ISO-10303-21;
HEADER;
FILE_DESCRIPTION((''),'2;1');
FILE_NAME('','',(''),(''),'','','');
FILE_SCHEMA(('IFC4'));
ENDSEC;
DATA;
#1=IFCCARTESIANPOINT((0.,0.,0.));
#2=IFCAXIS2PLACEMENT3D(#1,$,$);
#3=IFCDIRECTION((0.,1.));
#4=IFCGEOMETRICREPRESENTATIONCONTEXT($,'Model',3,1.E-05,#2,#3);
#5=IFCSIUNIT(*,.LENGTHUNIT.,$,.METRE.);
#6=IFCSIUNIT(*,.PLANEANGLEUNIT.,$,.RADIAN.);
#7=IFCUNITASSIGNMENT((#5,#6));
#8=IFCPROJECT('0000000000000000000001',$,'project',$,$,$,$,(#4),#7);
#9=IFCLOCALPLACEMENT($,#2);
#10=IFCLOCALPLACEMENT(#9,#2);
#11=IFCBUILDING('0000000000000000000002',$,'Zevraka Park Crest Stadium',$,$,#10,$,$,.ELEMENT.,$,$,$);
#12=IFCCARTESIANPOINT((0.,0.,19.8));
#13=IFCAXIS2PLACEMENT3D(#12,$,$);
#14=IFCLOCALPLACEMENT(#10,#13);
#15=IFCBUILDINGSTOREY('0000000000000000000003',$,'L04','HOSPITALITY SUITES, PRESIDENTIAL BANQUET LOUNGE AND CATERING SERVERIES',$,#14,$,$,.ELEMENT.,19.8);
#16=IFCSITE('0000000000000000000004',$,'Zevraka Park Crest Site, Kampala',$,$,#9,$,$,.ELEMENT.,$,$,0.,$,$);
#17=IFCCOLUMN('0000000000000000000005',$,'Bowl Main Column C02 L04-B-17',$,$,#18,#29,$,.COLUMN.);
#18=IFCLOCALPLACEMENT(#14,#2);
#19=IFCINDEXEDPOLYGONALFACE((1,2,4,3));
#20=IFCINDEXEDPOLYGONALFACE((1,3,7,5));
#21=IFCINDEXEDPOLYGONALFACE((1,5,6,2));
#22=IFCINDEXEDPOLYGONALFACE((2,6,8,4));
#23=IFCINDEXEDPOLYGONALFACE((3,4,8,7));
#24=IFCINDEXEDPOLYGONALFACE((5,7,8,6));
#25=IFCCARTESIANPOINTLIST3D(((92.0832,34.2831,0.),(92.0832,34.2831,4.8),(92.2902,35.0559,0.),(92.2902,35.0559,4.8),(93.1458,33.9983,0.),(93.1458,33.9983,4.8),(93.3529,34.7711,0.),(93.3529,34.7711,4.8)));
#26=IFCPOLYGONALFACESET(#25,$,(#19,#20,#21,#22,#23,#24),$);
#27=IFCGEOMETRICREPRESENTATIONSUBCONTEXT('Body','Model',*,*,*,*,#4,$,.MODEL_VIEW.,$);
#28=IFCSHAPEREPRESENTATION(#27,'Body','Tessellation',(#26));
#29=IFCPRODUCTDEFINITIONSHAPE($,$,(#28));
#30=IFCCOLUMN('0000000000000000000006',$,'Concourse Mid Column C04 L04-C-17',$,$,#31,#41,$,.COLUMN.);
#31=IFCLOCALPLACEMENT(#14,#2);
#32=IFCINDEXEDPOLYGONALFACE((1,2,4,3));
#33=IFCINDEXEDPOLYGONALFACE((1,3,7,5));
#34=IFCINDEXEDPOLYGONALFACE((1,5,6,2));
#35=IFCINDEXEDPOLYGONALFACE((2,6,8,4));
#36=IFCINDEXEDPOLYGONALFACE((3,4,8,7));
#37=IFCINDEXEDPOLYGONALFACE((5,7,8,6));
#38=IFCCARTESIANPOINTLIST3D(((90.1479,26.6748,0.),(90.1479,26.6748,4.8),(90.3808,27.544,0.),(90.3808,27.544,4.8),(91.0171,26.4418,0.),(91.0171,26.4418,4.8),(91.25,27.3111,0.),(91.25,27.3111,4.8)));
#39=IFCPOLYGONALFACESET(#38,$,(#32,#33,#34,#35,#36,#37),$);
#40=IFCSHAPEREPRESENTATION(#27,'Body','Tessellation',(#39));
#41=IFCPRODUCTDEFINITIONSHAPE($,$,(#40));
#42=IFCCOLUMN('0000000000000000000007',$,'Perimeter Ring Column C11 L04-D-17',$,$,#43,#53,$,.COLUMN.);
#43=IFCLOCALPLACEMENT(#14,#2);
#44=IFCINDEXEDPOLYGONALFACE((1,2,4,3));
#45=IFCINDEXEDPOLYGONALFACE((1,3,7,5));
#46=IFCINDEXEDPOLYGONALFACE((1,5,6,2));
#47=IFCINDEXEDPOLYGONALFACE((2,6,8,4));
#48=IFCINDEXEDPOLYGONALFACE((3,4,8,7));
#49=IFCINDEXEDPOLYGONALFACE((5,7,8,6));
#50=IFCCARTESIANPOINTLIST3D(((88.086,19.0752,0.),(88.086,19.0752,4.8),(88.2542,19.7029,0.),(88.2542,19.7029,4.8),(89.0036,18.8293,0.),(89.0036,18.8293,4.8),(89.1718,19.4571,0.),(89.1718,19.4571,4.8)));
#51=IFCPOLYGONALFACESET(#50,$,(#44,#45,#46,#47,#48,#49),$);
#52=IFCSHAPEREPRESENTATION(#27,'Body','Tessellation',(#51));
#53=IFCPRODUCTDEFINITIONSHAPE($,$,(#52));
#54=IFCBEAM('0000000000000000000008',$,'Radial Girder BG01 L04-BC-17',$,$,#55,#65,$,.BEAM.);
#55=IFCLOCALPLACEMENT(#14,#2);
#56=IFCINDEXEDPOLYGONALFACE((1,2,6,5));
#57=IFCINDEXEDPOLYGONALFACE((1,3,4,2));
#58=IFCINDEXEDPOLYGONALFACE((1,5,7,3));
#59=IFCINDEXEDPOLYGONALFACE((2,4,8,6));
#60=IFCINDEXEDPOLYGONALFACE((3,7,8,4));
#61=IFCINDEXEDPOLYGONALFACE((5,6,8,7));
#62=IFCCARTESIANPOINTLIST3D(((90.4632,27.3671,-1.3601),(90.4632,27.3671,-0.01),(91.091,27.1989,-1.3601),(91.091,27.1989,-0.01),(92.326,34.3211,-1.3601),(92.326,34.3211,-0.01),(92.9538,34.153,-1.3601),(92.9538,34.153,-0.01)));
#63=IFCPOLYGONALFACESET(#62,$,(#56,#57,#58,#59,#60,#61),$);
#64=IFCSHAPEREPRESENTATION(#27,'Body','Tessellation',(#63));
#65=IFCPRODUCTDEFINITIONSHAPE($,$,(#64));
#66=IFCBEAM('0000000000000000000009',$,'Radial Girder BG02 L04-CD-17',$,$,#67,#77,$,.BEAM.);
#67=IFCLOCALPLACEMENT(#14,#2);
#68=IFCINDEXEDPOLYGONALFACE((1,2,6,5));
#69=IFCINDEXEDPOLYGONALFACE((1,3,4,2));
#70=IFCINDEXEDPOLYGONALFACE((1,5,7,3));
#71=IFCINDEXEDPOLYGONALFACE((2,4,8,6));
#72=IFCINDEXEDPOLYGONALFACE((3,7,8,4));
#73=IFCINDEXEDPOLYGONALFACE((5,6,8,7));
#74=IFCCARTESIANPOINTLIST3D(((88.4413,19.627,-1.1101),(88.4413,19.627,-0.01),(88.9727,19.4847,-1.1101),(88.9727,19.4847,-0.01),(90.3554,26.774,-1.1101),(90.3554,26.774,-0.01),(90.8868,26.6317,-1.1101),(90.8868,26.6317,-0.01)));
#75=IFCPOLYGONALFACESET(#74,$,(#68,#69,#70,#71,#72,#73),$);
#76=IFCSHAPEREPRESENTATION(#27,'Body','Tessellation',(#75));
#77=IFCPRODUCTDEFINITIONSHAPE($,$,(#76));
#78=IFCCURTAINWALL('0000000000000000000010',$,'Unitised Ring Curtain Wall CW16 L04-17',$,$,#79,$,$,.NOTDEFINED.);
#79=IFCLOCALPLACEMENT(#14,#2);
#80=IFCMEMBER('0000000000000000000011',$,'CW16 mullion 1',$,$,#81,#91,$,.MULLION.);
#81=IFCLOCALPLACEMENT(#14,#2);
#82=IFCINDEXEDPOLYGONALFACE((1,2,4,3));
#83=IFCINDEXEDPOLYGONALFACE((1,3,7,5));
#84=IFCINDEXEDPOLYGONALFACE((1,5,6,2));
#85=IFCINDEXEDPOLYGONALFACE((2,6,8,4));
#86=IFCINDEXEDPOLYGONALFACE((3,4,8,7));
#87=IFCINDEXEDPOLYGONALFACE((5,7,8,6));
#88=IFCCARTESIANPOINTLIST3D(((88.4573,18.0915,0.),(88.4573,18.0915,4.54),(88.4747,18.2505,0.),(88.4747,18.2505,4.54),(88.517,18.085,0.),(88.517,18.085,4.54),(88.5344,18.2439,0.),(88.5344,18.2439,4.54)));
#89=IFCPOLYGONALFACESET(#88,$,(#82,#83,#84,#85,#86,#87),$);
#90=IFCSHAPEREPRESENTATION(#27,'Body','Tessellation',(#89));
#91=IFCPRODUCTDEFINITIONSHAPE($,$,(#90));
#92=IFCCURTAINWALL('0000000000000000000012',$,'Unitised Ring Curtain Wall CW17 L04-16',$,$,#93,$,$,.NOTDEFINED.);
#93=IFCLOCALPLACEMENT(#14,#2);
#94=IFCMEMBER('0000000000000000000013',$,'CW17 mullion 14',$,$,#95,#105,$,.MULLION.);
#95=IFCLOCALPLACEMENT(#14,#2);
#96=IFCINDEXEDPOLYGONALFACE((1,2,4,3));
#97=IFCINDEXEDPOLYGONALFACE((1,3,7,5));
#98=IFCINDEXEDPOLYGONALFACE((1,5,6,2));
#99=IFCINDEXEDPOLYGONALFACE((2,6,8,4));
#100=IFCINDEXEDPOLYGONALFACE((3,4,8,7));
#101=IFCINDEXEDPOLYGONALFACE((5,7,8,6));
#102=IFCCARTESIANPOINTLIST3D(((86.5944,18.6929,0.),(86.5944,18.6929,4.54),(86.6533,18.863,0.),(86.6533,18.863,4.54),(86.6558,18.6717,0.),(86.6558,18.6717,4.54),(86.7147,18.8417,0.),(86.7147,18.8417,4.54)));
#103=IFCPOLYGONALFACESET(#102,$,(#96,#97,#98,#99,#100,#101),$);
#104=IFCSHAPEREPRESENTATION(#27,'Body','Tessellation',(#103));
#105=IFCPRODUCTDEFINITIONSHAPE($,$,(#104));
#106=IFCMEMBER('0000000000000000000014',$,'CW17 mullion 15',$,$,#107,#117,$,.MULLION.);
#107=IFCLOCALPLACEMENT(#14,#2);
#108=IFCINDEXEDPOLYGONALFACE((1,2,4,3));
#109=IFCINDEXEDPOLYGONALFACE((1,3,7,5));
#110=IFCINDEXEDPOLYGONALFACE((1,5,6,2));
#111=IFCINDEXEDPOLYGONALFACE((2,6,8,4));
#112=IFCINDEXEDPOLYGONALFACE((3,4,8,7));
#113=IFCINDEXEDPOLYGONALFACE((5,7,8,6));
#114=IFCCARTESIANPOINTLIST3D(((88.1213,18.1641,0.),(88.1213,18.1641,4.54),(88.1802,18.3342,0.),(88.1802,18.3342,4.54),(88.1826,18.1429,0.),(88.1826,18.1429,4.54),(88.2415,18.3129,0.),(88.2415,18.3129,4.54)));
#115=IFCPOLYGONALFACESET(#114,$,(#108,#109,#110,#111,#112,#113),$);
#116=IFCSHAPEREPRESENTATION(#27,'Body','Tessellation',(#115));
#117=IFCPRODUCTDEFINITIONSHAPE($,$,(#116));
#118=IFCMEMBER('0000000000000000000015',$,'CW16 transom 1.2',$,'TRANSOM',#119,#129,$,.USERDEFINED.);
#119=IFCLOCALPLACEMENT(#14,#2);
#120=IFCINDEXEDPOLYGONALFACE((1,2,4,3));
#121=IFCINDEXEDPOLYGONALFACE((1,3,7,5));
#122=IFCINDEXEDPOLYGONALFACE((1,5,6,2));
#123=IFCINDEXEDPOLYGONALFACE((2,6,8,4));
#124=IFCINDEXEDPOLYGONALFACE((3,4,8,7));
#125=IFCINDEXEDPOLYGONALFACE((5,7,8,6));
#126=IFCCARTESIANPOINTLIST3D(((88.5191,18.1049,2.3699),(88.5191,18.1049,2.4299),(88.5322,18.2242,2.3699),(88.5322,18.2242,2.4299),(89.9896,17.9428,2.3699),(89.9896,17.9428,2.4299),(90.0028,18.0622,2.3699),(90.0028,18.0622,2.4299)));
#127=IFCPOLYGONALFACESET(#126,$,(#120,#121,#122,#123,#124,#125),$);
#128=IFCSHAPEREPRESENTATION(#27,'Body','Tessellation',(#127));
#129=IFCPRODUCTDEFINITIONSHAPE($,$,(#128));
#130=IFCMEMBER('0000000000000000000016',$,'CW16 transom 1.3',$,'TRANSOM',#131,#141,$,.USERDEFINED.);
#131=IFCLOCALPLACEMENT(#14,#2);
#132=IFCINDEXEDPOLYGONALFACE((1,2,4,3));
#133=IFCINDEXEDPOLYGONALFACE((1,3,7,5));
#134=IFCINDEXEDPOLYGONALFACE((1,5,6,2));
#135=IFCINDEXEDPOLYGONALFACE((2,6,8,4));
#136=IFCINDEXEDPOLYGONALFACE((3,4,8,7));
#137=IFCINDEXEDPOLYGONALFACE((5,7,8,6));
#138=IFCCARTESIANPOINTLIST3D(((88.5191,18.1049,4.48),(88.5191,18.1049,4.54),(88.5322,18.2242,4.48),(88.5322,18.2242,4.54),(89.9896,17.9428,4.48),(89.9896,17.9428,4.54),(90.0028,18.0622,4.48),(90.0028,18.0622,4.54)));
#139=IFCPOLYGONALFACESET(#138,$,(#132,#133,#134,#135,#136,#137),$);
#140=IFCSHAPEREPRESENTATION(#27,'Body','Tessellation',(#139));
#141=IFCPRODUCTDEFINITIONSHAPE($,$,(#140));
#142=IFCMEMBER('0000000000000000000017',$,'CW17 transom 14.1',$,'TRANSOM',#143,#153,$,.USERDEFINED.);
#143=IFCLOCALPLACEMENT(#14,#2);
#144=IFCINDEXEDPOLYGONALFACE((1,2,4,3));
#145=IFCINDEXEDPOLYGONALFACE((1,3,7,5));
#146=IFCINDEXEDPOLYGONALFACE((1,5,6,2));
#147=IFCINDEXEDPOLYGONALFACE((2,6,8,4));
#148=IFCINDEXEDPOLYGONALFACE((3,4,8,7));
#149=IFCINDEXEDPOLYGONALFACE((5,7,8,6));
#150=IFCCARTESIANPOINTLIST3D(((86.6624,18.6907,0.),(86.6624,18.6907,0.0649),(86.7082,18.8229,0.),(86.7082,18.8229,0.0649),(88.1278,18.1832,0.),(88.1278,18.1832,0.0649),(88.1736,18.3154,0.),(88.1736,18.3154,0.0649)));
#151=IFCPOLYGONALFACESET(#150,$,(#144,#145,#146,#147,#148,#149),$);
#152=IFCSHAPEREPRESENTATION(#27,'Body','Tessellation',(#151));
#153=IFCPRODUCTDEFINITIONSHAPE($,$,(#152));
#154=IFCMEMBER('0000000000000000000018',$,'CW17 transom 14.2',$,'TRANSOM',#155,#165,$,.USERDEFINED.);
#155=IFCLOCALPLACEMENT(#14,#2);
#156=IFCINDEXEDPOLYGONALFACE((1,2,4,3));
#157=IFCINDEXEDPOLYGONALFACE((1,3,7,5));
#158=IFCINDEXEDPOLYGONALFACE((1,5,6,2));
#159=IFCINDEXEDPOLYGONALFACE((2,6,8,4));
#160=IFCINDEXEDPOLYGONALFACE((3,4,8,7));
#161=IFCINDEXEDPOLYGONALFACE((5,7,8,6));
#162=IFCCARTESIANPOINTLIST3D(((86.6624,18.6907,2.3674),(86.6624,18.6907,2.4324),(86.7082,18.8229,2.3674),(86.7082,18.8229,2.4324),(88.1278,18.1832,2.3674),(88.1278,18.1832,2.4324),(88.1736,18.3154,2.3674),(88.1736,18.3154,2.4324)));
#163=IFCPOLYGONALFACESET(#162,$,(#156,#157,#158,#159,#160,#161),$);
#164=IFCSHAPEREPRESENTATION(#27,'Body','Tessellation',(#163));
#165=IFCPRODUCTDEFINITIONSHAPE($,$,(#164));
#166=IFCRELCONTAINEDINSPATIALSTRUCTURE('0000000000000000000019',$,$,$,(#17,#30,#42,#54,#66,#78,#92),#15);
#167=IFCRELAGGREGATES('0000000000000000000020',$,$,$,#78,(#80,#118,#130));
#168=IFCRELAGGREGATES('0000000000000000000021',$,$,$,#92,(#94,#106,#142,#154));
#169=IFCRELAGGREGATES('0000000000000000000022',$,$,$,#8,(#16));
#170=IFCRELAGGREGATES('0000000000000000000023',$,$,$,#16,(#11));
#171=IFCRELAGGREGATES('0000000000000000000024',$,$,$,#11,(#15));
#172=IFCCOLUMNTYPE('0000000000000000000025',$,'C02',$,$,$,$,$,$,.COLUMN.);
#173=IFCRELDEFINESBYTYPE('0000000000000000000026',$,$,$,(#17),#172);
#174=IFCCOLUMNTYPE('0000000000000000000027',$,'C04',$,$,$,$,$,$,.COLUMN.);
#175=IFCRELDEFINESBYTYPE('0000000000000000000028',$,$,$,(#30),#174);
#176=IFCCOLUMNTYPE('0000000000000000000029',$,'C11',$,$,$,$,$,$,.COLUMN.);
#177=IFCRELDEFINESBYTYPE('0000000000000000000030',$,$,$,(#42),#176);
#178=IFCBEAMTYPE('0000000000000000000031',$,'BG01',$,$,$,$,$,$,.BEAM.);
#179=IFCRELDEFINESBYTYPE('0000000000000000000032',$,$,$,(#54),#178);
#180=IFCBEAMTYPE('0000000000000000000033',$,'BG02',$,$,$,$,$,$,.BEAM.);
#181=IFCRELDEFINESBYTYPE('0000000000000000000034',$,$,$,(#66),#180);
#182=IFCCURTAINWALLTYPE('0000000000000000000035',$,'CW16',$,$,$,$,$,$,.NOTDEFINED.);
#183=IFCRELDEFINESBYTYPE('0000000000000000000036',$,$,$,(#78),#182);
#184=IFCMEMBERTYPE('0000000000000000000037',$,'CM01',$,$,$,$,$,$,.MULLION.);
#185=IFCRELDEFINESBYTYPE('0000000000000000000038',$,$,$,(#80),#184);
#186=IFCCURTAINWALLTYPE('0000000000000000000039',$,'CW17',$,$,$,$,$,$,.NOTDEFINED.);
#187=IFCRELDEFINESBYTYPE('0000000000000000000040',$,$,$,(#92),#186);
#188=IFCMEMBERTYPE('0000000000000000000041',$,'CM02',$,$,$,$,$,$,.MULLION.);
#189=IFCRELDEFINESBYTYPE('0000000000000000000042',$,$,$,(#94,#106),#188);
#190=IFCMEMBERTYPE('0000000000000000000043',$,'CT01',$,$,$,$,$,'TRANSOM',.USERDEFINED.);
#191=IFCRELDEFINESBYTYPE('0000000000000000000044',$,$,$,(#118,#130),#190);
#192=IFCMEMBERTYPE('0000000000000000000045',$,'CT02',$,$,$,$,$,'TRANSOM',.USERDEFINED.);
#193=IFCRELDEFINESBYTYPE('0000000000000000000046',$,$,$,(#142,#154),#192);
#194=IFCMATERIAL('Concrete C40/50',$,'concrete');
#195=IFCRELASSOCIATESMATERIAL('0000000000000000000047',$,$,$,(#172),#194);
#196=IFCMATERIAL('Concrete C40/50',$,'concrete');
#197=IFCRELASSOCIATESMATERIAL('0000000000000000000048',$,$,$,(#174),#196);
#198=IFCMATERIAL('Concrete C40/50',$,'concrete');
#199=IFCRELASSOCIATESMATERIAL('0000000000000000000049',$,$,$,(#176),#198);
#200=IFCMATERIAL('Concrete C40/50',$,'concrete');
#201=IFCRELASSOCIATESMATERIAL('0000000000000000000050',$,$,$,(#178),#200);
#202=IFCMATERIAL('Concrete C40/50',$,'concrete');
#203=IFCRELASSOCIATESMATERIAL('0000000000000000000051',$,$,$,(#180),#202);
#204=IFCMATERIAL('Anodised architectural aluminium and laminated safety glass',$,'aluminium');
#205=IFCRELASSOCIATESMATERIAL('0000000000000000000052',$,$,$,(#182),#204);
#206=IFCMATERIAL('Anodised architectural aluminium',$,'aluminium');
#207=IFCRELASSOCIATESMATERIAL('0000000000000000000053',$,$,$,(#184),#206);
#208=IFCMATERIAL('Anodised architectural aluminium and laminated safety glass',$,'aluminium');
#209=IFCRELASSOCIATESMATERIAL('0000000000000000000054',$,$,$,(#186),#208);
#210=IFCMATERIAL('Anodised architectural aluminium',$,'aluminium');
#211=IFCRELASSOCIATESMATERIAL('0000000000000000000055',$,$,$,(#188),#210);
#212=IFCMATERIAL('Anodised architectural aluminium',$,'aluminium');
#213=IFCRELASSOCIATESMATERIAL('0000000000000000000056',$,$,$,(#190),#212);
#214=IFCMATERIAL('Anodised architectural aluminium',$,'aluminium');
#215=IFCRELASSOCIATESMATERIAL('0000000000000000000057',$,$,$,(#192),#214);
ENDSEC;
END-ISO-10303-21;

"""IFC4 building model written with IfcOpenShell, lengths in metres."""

from ifc_helpers import new_model, si_unit, direction, frame, origin, origin_2d, place, context, subcontext, project, spatial, rectangle, extrude, material, material_profile, profile_set, type_object, element, aggregate, save


model = new_model("IFC4")

# Units and contexts
model_context = context("Model", 3, precision=1e-05, world=origin(), true_north=direction((0.0, 1.0)))
body_context = subcontext(model_context, "Body", "Model", "MODEL_VIEW")
ifc_project = project(units=[si_unit("LENGTHUNIT", "METRE"), si_unit("PLANEANGLEUNIT", "RADIAN")], contexts=[model_context])

# Site, building, storey
site_placement = place(None, origin())
site = spatial("IfcSite", under=ifc_project, at=site_placement, Name="Zevraka Park Crest Site, Kampala", CompositionType="ELEMENT", RefElevation=0.0)
building_placement = place(site_placement, origin())
building = spatial("IfcBuilding", under=site, at=building_placement, Name="Zevraka Park Crest Stadium", CompositionType="ELEMENT")
storey_placement = place(building_placement, frame((0.0, 0.0, 19.8)))
storey = spatial("IfcBuildingStorey", under=building, at=storey_placement, Name="L04", Description="HOSPITALITY SUITES, PRESIDENTIAL BANQUET LOUNGE AND CATERING SERVERIES", CompositionType="ELEMENT", Elevation=19.8)

# Columns
ifc_material_1 = material(Name="Concrete C40/50", Category="concrete")
ifc_material_profile_1 = material_profile(ifc_material_1, rectangle(XDim=0.8, YDim=1.1001, at=origin_2d()), Name="RC 1100x800")
ifc_profile_set_1 = profile_set([ifc_material_profile_1], Name="Concrete C40/50")
column_type_1 = type_object("IfcColumnType", Name="C02", PredefinedType="COLUMN", material=ifc_profile_set_1)
column_1_placement = place(storey_placement, frame((92.718, 34.5271, 0.0), z_axis=(0.0, 0.0, 1.0), x_axis=(0.258819, 0.965926, 0.0)))
element("IfcColumn", 1, at=column_1_placement, inside=storey, type_object=column_type_1, Name="Bowl Main Column C02 L04-B-17", PredefinedType="COLUMN", context=body_context, shape_type="SweptSolid", body=[
    extrude(rectangle(XDim=0.8, YDim=1.1001, at=origin_2d()), origin(), (0.0, 0.0, 1.0), 4.8),
])
ifc_material_2 = material(Name="Concrete C40/50", Category="concrete")
ifc_material_profile_2 = material_profile(ifc_material_2, rectangle(XDim=0.8999, YDim=0.8999, at=origin_2d()), Name="RC 900x900")
ifc_profile_set_2 = profile_set([ifc_material_profile_2], Name="Concrete C40/50")
column_type_2 = type_object("IfcColumnType", Name="C04", PredefinedType="COLUMN", material=ifc_profile_set_2)
column_2_placement = place(storey_placement, frame((90.699, 26.9929, 0.0), z_axis=(0.0, 0.0, 1.0), x_axis=(0.258819, 0.965926, 0.0)))
element("IfcColumn", 2, at=column_2_placement, inside=storey, type_object=column_type_2, Name="Concourse Mid Column C04 L04-C-17", PredefinedType="COLUMN", context=body_context, shape_type="SweptSolid", body=[
    extrude(rectangle(XDim=0.8999, YDim=0.8999, at=origin_2d()), origin(), (0.0, 0.0, 1.0), 4.8),
])
ifc_material_3 = material(Name="Concrete C40/50", Category="concrete")
ifc_material_profile_3 = material_profile(ifc_material_3, rectangle(XDim=0.6499, YDim=0.95, at=origin_2d()), Name="RC 950x650")
ifc_profile_set_3 = profile_set([ifc_material_profile_3], Name="Concrete C40/50")
column_type_3 = type_object("IfcColumnType", Name="C11", PredefinedType="COLUMN", material=ifc_profile_set_3)
column_3_placement = place(storey_placement, frame((88.6289, 19.2661, 0.0), z_axis=(0.0, 0.0, 1.0), x_axis=(0.258819, 0.965926, 0.0)))
element("IfcColumn", 3, at=column_3_placement, inside=storey, type_object=column_type_3, Name="Perimeter Ring Column C11 L04-D-17", PredefinedType="COLUMN", context=body_context, shape_type="SweptSolid", body=[
    extrude(rectangle(XDim=0.6499, YDim=0.95, at=origin_2d()), origin(), (0.0, 0.0, 1.0), 4.8),
])

# Beams
ifc_material_4 = material(Name="Concrete C40/50", Category="concrete")
ifc_material_profile_4 = material_profile(ifc_material_4, rectangle(XDim=0.6499, YDim=1.3501, at=origin_2d()), Name="RC 1350x650")
ifc_profile_set_4 = profile_set([ifc_material_profile_4], Name="Concrete C40/50")
beam_type_1 = type_object("IfcBeamType", Name="BG01", PredefinedType="BEAM", material=ifc_profile_set_4)
beam_1_placement = place(storey_placement, frame((92.6399, 34.2371, -0.6851), z_axis=(-0.258747, -0.965945, 0.0), x_axis=(0.965945, -0.258747, 0.0)))
element("IfcBeam", 4, at=beam_1_placement, inside=storey, type_object=beam_type_1, Name="Radial Girder BG01 L04-BC-17", PredefinedType="BEAM", context=body_context, shape_type="SweptSolid", body=[
    extrude(rectangle(XDim=0.6499, YDim=1.3501, at=origin_2d()), origin(), (0.0, 0.0, 1.0), 7.1992),
])
ifc_material_5 = material(Name="Concrete C40/50", Category="concrete")
ifc_material_profile_5 = material_profile(ifc_material_5, rectangle(XDim=0.55, YDim=1.1001, at=origin_2d()), Name="RC 1100x550")
ifc_profile_set_5 = profile_set([ifc_material_profile_5], Name="Concrete C40/50")
beam_type_2 = type_object("IfcBeamType", Name="BG02", PredefinedType="BEAM", material=ifc_profile_set_5)
beam_2_placement = place(storey_placement, frame((90.6211, 26.7029, -0.5601), z_axis=(-0.258698, -0.965958, 0.0), x_axis=(0.965958, -0.258698, 0.0)))
element("IfcBeam", 5, at=beam_2_placement, inside=storey, type_object=beam_type_2, Name="Radial Girder BG02 L04-CD-17", PredefinedType="BEAM", context=body_context, shape_type="SweptSolid", body=[
    extrude(rectangle(XDim=0.55, YDim=1.1001, at=origin_2d()), origin(), (0.0, 0.0, 1.0), 7.3989),
])

# Curtain wall, member
ifc_material_6 = material(Name="Anodised architectural aluminium and laminated safety glass", Category="aluminium")
curtain_wall_type_1 = type_object("IfcCurtainWallType", Name="CW16", PredefinedType="NOTDEFINED", material=ifc_material_6)
curtain_wall_1_placement = place(storey_placement, origin())
curtain_wall_1 = element("IfcCurtainWall", 6, at=curtain_wall_1_placement, inside=storey, type_object=curtain_wall_type_1, Name="Unitised Ring Curtain Wall CW16 L04-17", PredefinedType="NOTDEFINED")
ifc_material_7 = material(Name="Anodised architectural aluminium", Category="aluminium")
ifc_material_profile_6 = material_profile(ifc_material_7, rectangle(XDim=0.1599, YDim=0.0601, at=origin_2d()), Name="ALU MULLION 160x60")
ifc_profile_set_6 = profile_set([ifc_material_profile_6], Name="Anodised architectural aluminium")
member_type_1 = type_object("IfcMemberType", Name="CM01", PredefinedType="MULLION", material=ifc_profile_set_6)
member_1_placement = place(storey_placement, frame((88.4958, 18.1677, 0.0), z_axis=(0.0, 0.0, 1.0), x_axis=(0.109406, 0.993997, 0.0)))
member_1 = element("IfcMember", 7, at=member_1_placement, type_object=member_type_1, Name="CW16 mullion 1", PredefinedType="MULLION", context=body_context, shape_type="SweptSolid", body=[
    extrude(rectangle(XDim=0.1599, YDim=0.0601, at=origin_2d()), origin(), (0.0, 0.0, 1.0), 4.54),
])

# Curtain wall, members
ifc_material_8 = material(Name="Anodised architectural aluminium and laminated safety glass", Category="aluminium")
curtain_wall_type_2 = type_object("IfcCurtainWallType", Name="CW17", PredefinedType="NOTDEFINED", material=ifc_material_8)
curtain_wall_2_placement = place(storey_placement, origin())
curtain_wall_2 = element("IfcCurtainWall", 8, at=curtain_wall_2_placement, inside=storey, type_object=curtain_wall_type_2, Name="Unitised Ring Curtain Wall CW17 L04-16", PredefinedType="NOTDEFINED")
ifc_material_9 = material(Name="Anodised architectural aluminium", Category="aluminium")
ifc_material_profile_7 = material_profile(ifc_material_9, rectangle(XDim=0.1799, YDim=0.0649, at=origin_2d()), Name="ALU MULLION 180x65")
ifc_profile_set_7 = profile_set([ifc_material_profile_7], Name="Anodised architectural aluminium")
member_type_2 = type_object("IfcMemberType", Name="CM02", PredefinedType="MULLION", material=ifc_profile_set_7)
member_2_placement = place(storey_placement, frame((86.6545, 18.7673, 0.0), z_axis=(0.0, 0.0, 1.0), x_axis=(0.327245, 0.94494, 0.0)))
member_2 = element("IfcMember", 9, at=member_2_placement, type_object=member_type_2, Name="CW17 mullion 14", PredefinedType="MULLION", context=body_context, shape_type="SweptSolid", body=[
    extrude(rectangle(XDim=0.1799, YDim=0.0649, at=origin_2d()), origin(), (0.0, 0.0, 1.0), 4.54),
])
member_3_placement = place(storey_placement, frame((88.1814, 18.2385, 0.0), z_axis=(0.0, 0.0, 1.0), x_axis=(0.327245, 0.94494, 0.0)))
member_3 = element("IfcMember", 10, at=member_3_placement, type_object=member_type_2, Name="CW17 mullion 15", PredefinedType="MULLION", context=body_context, shape_type="SweptSolid", body=[
    extrude(rectangle(XDim=0.1799, YDim=0.0649, at=origin_2d()), origin(), (0.0, 0.0, 1.0), 4.54),
])

# Members
ifc_material_10 = material(Name="Anodised architectural aluminium", Category="aluminium")
ifc_material_profile_8 = material_profile(ifc_material_10, rectangle(XDim=0.1201, YDim=0.0601, at=origin_2d()), Name="ALU TRANSOM 120x60")
ifc_profile_set_8 = profile_set([ifc_material_profile_8], Name="Anodised architectural aluminium")
member_type_3 = type_object("IfcMemberType", Name="CT01", ElementType="TRANSOM", PredefinedType="USERDEFINED", material=ifc_profile_set_8)
member_4_placement = place(storey_placement, frame((88.5256, 18.1646, 2.3999), z_axis=(0.99398, -0.109562, 0.0), x_axis=(0.109562, 0.99398, 0.0)))
member_4 = element("IfcMember", 11, at=member_4_placement, type_object=member_type_3, Name="CW16 transom 1.2", ObjectType="TRANSOM", PredefinedType="USERDEFINED", context=body_context, shape_type="SweptSolid", body=[
    extrude(rectangle(XDim=0.1201, YDim=0.0601, at=origin_2d()), origin(), (0.0, 0.0, 1.0), 1.4795),
])
member_5_placement = place(storey_placement, frame((88.5256, 18.1646, 4.51), z_axis=(0.99398, -0.109562, 0.0), x_axis=(0.109562, 0.99398, 0.0)))
member_5 = element("IfcMember", 12, at=member_5_placement, type_object=member_type_3, Name="CW16 transom 1.3", ObjectType="TRANSOM", PredefinedType="USERDEFINED", context=body_context, shape_type="SweptSolid", body=[
    extrude(rectangle(XDim=0.1201, YDim=0.0601, at=origin_2d()), origin(), (0.0, 0.0, 1.0), 1.4795),
])
aggregate(curtain_wall_1, [member_1, member_4, member_5])
ifc_material_11 = material(Name="Anodised architectural aluminium", Category="aluminium")
ifc_material_profile_9 = material_profile(ifc_material_11, rectangle(XDim=0.1399, YDim=0.0649, at=origin_2d()), Name="ALU TRANSOM 140x65")
ifc_profile_set_9 = profile_set([ifc_material_profile_9], Name="Anodised architectural aluminium")
member_type_4 = type_object("IfcMemberType", Name="CT02", ElementType="TRANSOM", PredefinedType="USERDEFINED", material=ifc_profile_set_9)
member_6_placement = place(storey_placement, frame((86.6853, 18.7568, 0.0325), z_axis=(0.944919, -0.327305, 0.0), x_axis=(0.327305, 0.944919, 0.0)))
member_6 = element("IfcMember", 13, at=member_6_placement, type_object=member_type_4, Name="CW17 transom 14.1", ObjectType="TRANSOM", PredefinedType="USERDEFINED", context=body_context, shape_type="SweptSolid", body=[
    extrude(rectangle(XDim=0.1399, YDim=0.0649, at=origin_2d()), origin(), (0.0, 0.0, 1.0), 1.5508),
])
member_7_placement = place(storey_placement, frame((86.6853, 18.7568, 2.3999), z_axis=(0.944919, -0.327305, 0.0), x_axis=(0.327305, 0.944919, 0.0)))
member_7 = element("IfcMember", 14, at=member_7_placement, type_object=member_type_4, Name="CW17 transom 14.2", ObjectType="TRANSOM", PredefinedType="USERDEFINED", context=body_context, shape_type="SweptSolid", body=[
    extrude(rectangle(XDim=0.1399, YDim=0.0649, at=origin_2d()), origin(), (0.0, 0.0, 1.0), 1.5508),
])

aggregate(curtain_wall_2, [member_2, member_3, member_6, member_7])

save(model, "model.ifc")
